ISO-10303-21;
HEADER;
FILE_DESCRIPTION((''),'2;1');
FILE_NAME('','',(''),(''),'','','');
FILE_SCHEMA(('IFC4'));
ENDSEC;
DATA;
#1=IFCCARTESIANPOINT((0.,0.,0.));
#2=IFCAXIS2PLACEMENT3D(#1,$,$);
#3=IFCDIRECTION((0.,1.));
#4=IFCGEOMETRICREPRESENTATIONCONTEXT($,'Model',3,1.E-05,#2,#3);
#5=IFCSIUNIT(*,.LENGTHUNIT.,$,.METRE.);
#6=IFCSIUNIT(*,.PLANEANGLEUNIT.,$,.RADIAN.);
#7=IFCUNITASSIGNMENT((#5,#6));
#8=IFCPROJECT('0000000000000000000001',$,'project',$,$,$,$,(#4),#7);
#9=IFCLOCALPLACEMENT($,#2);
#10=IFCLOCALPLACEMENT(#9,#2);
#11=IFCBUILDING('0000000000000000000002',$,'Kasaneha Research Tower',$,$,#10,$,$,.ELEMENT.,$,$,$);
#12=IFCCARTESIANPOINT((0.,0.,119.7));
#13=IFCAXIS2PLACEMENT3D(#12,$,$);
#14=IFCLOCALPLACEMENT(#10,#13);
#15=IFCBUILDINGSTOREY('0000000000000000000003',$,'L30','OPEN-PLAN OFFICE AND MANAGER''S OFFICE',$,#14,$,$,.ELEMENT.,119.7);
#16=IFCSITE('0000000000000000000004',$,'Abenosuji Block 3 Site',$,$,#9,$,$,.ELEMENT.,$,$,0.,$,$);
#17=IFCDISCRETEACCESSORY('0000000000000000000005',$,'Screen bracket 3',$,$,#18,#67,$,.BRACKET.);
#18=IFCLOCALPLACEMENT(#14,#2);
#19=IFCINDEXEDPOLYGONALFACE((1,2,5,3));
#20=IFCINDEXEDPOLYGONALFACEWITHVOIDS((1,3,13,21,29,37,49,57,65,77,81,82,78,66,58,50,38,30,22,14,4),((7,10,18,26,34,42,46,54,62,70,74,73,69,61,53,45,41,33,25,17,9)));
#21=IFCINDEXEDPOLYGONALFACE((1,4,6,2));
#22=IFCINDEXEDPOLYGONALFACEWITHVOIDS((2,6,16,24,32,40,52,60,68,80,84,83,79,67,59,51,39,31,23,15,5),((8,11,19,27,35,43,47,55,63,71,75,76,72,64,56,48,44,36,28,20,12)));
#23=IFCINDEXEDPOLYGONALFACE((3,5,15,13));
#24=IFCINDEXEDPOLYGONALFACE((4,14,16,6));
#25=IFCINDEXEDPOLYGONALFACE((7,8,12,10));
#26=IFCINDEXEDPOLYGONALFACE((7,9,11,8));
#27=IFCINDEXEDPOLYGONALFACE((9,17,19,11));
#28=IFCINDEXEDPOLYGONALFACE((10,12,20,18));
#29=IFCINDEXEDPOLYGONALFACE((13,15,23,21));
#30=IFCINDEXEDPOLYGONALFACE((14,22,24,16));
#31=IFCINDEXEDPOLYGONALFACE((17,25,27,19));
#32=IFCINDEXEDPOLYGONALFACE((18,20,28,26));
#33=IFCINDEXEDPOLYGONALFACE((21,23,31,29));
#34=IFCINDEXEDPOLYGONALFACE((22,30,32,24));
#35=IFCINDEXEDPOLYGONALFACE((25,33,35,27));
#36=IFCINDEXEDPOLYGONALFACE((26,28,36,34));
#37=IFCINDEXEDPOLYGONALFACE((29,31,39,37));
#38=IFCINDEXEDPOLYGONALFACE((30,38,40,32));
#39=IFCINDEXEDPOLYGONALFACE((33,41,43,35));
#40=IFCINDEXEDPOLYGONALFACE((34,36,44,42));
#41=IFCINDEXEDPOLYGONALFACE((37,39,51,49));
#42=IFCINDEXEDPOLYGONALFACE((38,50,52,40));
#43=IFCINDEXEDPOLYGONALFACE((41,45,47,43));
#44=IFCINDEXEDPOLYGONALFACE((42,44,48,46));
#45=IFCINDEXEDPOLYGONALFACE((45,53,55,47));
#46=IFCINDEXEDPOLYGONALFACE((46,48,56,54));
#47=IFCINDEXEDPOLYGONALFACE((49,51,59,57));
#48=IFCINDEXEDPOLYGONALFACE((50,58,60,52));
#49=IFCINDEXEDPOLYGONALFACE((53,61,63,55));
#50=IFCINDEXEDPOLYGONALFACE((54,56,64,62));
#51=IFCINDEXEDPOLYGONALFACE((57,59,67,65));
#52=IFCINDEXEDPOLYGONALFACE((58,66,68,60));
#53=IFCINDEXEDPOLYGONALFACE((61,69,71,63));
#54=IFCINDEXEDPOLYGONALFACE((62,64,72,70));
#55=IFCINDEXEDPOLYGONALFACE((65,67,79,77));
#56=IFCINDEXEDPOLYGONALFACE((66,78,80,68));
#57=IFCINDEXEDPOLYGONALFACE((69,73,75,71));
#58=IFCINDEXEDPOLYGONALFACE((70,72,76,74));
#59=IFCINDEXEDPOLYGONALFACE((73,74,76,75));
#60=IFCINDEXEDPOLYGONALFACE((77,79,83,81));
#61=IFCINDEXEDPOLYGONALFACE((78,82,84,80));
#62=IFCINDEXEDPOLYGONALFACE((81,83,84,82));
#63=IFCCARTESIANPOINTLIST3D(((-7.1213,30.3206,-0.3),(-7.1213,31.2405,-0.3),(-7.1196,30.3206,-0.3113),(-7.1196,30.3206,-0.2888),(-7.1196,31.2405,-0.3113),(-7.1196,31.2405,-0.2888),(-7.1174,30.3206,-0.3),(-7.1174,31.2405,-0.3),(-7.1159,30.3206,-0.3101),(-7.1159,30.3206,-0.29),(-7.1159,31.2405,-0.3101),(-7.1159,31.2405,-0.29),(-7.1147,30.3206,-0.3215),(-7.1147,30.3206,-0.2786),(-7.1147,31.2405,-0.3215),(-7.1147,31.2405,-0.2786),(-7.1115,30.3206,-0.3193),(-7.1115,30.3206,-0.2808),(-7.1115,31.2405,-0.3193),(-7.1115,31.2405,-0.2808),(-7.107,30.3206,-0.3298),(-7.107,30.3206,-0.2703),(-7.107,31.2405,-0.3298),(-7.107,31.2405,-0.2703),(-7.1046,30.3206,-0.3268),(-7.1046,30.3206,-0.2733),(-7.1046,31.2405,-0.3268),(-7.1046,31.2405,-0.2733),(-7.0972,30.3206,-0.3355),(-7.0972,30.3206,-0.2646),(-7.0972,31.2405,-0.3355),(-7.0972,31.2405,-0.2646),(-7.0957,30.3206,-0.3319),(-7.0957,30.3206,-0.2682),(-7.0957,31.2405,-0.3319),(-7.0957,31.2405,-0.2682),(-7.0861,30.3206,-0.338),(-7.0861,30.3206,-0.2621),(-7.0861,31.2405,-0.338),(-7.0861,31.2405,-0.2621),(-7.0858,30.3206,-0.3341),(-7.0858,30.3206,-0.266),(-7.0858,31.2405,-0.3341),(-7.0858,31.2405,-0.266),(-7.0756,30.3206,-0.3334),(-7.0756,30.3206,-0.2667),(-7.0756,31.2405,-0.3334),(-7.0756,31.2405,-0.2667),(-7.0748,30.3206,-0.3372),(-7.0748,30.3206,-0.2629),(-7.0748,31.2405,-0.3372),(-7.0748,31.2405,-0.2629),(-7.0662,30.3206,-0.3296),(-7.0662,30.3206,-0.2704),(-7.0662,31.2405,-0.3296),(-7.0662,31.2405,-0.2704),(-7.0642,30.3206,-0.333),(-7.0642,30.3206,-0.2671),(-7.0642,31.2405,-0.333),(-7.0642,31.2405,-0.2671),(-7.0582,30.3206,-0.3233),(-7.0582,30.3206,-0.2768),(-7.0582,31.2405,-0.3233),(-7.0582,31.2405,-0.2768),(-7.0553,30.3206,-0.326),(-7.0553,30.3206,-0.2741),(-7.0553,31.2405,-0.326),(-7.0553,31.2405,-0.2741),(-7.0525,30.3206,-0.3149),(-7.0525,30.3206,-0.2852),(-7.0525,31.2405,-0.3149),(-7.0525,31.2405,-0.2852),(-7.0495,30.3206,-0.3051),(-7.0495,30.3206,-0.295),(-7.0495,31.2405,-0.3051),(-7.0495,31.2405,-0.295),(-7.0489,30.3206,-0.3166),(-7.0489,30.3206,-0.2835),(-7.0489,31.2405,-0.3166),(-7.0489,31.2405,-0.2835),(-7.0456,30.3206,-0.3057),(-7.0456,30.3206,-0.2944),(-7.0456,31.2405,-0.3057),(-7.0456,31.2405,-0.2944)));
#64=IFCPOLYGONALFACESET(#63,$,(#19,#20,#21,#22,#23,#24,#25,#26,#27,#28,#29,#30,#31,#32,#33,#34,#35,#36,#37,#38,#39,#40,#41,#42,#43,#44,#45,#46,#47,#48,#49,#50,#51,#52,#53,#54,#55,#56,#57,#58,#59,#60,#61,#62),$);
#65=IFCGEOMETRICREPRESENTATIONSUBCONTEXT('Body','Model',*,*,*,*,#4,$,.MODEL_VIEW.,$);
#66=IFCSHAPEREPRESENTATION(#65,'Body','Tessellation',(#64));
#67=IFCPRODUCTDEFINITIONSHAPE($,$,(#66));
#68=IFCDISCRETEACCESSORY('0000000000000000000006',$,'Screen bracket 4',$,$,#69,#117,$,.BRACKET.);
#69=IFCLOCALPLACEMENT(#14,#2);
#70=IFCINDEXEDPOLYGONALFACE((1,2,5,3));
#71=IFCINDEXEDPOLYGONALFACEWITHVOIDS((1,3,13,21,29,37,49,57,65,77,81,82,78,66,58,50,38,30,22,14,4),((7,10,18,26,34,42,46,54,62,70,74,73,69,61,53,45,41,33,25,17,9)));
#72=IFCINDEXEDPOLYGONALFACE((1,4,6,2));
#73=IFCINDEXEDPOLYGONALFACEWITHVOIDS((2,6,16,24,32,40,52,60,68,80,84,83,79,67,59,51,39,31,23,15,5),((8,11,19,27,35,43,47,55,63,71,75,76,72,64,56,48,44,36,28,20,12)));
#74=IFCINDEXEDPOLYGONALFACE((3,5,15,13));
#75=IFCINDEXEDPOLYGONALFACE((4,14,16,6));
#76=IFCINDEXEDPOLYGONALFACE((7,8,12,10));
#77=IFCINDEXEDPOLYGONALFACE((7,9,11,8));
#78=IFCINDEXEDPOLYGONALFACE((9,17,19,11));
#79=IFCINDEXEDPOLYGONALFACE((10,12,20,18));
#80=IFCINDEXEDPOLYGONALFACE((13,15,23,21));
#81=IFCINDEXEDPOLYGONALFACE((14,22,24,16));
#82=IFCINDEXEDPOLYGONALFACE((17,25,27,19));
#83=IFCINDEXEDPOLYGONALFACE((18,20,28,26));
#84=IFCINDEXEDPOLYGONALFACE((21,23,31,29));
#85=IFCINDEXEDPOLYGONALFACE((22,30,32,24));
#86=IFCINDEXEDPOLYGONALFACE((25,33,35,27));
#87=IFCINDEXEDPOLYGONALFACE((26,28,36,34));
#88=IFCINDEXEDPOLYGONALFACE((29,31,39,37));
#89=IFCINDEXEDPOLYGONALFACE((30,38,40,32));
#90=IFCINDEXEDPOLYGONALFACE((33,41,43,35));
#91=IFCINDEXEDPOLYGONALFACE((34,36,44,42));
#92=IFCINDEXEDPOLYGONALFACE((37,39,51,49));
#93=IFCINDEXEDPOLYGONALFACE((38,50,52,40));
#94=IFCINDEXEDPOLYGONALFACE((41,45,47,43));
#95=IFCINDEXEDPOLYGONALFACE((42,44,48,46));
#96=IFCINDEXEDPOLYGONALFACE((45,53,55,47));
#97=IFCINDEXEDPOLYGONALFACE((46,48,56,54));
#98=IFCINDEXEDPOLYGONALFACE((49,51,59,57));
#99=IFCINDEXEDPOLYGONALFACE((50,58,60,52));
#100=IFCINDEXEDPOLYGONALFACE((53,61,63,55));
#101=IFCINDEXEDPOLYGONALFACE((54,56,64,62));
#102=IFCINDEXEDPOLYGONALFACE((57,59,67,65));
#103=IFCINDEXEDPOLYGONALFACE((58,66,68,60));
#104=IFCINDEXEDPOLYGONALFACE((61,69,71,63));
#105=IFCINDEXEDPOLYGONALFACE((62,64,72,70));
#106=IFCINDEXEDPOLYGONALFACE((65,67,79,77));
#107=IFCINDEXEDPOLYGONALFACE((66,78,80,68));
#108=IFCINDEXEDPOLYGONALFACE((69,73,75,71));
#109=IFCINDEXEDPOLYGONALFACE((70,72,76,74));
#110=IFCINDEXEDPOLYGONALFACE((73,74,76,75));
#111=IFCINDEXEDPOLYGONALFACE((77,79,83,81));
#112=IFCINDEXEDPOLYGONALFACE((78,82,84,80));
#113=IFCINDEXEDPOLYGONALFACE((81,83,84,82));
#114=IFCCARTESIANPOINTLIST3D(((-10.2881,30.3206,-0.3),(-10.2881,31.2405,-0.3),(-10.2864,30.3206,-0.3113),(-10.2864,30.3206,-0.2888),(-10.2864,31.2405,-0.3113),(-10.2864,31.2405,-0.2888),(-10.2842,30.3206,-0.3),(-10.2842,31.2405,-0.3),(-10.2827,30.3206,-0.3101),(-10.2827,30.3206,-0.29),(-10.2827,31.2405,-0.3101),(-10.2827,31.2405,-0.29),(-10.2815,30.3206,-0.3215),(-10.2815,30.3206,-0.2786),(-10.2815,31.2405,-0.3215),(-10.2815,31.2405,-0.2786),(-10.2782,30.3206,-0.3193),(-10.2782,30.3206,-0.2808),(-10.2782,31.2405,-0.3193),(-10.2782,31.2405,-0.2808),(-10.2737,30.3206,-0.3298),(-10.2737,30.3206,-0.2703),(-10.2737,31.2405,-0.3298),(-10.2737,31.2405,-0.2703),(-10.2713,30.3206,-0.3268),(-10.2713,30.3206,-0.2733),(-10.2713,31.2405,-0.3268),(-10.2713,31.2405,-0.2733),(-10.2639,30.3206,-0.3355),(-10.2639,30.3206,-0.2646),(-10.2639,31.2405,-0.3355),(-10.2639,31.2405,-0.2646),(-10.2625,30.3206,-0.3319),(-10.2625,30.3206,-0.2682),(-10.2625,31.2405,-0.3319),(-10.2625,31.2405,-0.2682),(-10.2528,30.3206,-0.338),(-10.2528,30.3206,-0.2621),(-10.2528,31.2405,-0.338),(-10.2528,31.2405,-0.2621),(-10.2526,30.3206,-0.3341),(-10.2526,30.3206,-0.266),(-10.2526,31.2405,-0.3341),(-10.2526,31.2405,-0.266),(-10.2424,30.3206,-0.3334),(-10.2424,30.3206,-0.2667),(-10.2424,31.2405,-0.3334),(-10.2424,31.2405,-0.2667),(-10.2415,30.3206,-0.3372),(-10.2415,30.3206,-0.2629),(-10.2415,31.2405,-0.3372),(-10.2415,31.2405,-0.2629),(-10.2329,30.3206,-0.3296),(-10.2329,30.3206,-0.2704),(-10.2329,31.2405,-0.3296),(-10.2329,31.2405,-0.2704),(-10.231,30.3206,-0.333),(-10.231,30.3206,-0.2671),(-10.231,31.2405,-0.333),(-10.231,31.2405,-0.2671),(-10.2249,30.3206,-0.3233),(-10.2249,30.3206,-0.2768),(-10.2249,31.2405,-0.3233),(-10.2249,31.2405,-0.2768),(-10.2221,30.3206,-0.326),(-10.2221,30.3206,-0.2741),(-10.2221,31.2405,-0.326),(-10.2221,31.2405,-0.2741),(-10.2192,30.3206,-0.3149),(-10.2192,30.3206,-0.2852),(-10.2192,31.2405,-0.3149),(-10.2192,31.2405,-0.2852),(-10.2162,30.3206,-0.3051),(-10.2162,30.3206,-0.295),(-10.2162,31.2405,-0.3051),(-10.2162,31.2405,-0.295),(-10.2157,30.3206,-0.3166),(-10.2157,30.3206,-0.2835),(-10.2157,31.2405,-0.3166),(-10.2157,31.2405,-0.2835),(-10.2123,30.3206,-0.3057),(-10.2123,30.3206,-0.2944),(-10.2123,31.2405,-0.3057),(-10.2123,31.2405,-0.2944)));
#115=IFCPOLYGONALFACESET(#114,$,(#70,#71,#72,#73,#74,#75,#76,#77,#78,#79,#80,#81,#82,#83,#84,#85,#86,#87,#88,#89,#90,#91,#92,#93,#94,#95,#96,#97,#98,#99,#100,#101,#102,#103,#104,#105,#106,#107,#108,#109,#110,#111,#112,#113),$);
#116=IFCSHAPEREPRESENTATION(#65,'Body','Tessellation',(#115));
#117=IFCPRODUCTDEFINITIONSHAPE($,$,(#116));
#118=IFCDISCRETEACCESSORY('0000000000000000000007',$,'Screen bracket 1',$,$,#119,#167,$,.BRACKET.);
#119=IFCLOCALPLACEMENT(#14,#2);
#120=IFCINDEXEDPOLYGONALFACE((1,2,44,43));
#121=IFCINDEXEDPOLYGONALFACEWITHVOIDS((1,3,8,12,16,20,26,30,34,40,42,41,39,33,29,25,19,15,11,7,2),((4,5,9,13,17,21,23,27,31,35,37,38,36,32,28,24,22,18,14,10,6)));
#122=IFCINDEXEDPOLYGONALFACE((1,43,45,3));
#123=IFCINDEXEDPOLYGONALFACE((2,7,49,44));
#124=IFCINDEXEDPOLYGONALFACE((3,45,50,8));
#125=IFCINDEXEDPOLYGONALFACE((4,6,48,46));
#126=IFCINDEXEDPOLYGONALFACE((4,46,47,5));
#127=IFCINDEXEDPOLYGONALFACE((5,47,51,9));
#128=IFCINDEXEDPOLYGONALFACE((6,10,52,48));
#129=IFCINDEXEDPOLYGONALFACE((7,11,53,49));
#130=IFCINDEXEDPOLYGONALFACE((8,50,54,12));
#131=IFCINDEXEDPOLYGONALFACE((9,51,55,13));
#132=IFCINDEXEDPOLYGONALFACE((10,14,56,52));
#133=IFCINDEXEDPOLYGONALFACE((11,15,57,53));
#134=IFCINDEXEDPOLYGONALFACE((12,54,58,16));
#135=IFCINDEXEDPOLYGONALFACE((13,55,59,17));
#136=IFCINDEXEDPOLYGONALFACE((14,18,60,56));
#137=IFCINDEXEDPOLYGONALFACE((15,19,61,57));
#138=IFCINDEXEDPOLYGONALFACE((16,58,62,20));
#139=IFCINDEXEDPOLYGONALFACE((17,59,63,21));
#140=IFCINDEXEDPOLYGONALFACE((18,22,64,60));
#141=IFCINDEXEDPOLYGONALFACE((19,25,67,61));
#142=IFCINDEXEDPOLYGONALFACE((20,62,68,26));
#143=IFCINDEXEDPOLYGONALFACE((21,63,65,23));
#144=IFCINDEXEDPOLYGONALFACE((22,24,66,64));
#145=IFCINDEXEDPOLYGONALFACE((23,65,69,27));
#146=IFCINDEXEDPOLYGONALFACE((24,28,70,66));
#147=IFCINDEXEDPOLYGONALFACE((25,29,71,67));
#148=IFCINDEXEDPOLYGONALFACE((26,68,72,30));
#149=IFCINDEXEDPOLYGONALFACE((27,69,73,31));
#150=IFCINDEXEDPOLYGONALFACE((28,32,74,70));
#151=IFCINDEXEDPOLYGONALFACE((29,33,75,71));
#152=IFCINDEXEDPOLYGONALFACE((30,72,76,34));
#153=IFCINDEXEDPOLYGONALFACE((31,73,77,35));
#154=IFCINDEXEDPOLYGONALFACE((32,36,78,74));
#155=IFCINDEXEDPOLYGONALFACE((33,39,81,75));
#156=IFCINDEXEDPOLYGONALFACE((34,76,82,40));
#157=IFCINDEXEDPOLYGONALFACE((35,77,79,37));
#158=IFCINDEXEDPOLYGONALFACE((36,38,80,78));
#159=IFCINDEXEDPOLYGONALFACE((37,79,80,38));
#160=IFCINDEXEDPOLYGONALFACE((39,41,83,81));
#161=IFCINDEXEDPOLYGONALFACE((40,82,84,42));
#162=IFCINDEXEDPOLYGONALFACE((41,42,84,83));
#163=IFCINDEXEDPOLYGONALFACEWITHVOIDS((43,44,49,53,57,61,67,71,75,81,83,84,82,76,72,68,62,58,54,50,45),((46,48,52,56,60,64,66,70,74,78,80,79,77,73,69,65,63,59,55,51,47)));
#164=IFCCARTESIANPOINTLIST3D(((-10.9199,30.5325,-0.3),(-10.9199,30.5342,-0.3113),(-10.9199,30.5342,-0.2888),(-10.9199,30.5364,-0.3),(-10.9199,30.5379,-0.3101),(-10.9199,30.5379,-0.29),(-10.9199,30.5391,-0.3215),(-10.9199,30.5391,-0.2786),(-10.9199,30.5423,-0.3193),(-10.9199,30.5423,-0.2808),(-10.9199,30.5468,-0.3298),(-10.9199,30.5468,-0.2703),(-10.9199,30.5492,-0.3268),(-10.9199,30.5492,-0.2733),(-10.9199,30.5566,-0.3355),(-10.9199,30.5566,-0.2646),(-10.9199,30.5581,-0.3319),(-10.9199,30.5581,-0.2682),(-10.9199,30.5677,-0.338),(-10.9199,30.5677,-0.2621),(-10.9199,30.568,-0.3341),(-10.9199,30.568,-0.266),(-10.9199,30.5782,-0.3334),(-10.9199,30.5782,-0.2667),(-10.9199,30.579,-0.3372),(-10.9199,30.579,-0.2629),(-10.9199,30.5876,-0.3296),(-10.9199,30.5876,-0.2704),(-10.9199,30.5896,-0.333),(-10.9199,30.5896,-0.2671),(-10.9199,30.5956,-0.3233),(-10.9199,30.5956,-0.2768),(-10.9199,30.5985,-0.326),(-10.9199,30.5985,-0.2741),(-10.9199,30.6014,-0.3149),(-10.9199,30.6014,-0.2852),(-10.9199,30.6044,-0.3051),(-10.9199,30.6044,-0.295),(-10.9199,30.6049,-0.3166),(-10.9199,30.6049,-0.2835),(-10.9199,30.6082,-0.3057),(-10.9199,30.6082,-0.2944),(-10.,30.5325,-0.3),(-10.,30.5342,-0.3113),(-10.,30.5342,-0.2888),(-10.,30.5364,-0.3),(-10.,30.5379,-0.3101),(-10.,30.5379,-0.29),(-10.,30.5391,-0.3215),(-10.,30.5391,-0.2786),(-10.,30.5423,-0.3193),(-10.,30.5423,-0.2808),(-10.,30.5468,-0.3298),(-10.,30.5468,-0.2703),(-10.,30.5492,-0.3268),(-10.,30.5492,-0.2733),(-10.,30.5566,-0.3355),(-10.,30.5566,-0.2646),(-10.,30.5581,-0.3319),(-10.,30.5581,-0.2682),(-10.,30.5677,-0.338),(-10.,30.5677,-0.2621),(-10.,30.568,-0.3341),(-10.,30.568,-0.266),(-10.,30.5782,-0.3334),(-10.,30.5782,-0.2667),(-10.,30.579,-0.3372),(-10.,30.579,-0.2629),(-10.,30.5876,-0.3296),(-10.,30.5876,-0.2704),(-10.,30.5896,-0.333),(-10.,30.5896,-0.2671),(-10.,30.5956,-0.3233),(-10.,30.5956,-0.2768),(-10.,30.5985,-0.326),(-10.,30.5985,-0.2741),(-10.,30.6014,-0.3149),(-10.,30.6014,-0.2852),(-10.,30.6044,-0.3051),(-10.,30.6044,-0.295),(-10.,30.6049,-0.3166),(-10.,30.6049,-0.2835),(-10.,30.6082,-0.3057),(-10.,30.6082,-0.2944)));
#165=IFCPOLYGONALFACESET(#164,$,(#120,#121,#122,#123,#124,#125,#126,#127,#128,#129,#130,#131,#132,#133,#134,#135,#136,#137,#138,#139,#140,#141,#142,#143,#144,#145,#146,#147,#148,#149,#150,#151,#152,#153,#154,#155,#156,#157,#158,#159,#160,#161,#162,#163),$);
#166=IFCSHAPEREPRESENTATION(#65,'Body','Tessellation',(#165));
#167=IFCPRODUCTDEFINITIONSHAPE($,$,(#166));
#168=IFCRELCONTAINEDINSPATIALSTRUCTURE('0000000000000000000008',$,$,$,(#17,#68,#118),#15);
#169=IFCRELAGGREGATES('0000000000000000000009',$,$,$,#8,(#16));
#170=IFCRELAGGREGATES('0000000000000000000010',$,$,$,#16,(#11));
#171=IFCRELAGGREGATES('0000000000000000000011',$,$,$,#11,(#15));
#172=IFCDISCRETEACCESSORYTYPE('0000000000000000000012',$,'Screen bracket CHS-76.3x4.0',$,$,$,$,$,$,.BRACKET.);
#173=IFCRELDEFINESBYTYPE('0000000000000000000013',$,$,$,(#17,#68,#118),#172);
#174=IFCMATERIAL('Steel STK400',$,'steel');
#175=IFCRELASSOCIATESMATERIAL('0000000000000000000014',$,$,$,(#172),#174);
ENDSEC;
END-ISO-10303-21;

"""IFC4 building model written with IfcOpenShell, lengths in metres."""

from ifc_helpers import new_model, si_unit, direction, frame, origin, origin_2d, place, context, subcontext, project, spatial, hollow_circle, extrude, material, material_profile, profile_set, type_object, element, save


model = new_model("IFC4")

# Units and contexts
model_context = context("Model", 3, precision=1e-05, world=origin(), true_north=direction((0.0, 1.0)))
body_context = subcontext(model_context, "Body", "Model", "MODEL_VIEW")
ifc_project = project(units=[si_unit("LENGTHUNIT", "METRE"), si_unit("PLANEANGLEUNIT", "RADIAN")], contexts=[model_context])

# Site, building, storey
site_placement = place(None, origin())
site = spatial("IfcSite", under=ifc_project, at=site_placement, Name="Abenosuji Block 3 Site", CompositionType="ELEMENT", RefElevation=0.0)
building_placement = place(site_placement, origin())
building = spatial("IfcBuilding", under=site, at=building_placement, Name="Kasaneha Research Tower", CompositionType="ELEMENT")
storey_placement = place(building_placement, frame((0.0, 0.0, 119.7)))
storey = spatial("IfcBuildingStorey", under=building, at=storey_placement, Name="L30", Description="OPEN-PLAN OFFICE AND MANAGER'S OFFICE", CompositionType="ELEMENT", Elevation=119.7)

# Discrete accessories
ifc_material_1 = material(Name="Steel STK400", Category="steel")
ifc_material_profile_1 = material_profile(ifc_material_1, hollow_circle(Radius=0.0381, WallThickness=0.0039, at=origin_2d()), Name="CHS-76.3x4.0")
ifc_profile_set_1 = profile_set([ifc_material_profile_1], Name="Steel STK400")
discrete_accessory_type = type_object("IfcDiscreteAccessoryType", Name="Screen bracket CHS-76.3x4.0", PredefinedType="BRACKET", material=ifc_profile_set_1)
for number, where, z_axis, x_axis, name in (
    (1, (-7.0833, 30.3206, -0.3), (0.0, 1.0, 0.0), (-1.0, 0.0, 0.0), "Screen bracket 3"),
    (2, (-10.25, 30.3206, -0.3), (0.0, 1.0, 0.0), (-1.0, 0.0, 0.0), "Screen bracket 4"),
    (3, (-10.0, 30.5706, -0.3), (-1.0, 0.0, 0.0), (0.0, -1.0, 0.0), "Screen bracket 1"),
):
    element("IfcDiscreteAccessory", number, at=place(storey_placement, frame(where, z_axis=z_axis, x_axis=x_axis)), inside=storey, type_object=discrete_accessory_type, Name=name, PredefinedType="BRACKET", context=body_context, shape_type="SweptSolid", body=[
        extrude(hollow_circle(Radius=0.0381, WallThickness=0.0039, at=origin_2d()), origin(), (0.0, 0.0, 1.0), 0.9199),
    ])

save(model, "model.ifc")
